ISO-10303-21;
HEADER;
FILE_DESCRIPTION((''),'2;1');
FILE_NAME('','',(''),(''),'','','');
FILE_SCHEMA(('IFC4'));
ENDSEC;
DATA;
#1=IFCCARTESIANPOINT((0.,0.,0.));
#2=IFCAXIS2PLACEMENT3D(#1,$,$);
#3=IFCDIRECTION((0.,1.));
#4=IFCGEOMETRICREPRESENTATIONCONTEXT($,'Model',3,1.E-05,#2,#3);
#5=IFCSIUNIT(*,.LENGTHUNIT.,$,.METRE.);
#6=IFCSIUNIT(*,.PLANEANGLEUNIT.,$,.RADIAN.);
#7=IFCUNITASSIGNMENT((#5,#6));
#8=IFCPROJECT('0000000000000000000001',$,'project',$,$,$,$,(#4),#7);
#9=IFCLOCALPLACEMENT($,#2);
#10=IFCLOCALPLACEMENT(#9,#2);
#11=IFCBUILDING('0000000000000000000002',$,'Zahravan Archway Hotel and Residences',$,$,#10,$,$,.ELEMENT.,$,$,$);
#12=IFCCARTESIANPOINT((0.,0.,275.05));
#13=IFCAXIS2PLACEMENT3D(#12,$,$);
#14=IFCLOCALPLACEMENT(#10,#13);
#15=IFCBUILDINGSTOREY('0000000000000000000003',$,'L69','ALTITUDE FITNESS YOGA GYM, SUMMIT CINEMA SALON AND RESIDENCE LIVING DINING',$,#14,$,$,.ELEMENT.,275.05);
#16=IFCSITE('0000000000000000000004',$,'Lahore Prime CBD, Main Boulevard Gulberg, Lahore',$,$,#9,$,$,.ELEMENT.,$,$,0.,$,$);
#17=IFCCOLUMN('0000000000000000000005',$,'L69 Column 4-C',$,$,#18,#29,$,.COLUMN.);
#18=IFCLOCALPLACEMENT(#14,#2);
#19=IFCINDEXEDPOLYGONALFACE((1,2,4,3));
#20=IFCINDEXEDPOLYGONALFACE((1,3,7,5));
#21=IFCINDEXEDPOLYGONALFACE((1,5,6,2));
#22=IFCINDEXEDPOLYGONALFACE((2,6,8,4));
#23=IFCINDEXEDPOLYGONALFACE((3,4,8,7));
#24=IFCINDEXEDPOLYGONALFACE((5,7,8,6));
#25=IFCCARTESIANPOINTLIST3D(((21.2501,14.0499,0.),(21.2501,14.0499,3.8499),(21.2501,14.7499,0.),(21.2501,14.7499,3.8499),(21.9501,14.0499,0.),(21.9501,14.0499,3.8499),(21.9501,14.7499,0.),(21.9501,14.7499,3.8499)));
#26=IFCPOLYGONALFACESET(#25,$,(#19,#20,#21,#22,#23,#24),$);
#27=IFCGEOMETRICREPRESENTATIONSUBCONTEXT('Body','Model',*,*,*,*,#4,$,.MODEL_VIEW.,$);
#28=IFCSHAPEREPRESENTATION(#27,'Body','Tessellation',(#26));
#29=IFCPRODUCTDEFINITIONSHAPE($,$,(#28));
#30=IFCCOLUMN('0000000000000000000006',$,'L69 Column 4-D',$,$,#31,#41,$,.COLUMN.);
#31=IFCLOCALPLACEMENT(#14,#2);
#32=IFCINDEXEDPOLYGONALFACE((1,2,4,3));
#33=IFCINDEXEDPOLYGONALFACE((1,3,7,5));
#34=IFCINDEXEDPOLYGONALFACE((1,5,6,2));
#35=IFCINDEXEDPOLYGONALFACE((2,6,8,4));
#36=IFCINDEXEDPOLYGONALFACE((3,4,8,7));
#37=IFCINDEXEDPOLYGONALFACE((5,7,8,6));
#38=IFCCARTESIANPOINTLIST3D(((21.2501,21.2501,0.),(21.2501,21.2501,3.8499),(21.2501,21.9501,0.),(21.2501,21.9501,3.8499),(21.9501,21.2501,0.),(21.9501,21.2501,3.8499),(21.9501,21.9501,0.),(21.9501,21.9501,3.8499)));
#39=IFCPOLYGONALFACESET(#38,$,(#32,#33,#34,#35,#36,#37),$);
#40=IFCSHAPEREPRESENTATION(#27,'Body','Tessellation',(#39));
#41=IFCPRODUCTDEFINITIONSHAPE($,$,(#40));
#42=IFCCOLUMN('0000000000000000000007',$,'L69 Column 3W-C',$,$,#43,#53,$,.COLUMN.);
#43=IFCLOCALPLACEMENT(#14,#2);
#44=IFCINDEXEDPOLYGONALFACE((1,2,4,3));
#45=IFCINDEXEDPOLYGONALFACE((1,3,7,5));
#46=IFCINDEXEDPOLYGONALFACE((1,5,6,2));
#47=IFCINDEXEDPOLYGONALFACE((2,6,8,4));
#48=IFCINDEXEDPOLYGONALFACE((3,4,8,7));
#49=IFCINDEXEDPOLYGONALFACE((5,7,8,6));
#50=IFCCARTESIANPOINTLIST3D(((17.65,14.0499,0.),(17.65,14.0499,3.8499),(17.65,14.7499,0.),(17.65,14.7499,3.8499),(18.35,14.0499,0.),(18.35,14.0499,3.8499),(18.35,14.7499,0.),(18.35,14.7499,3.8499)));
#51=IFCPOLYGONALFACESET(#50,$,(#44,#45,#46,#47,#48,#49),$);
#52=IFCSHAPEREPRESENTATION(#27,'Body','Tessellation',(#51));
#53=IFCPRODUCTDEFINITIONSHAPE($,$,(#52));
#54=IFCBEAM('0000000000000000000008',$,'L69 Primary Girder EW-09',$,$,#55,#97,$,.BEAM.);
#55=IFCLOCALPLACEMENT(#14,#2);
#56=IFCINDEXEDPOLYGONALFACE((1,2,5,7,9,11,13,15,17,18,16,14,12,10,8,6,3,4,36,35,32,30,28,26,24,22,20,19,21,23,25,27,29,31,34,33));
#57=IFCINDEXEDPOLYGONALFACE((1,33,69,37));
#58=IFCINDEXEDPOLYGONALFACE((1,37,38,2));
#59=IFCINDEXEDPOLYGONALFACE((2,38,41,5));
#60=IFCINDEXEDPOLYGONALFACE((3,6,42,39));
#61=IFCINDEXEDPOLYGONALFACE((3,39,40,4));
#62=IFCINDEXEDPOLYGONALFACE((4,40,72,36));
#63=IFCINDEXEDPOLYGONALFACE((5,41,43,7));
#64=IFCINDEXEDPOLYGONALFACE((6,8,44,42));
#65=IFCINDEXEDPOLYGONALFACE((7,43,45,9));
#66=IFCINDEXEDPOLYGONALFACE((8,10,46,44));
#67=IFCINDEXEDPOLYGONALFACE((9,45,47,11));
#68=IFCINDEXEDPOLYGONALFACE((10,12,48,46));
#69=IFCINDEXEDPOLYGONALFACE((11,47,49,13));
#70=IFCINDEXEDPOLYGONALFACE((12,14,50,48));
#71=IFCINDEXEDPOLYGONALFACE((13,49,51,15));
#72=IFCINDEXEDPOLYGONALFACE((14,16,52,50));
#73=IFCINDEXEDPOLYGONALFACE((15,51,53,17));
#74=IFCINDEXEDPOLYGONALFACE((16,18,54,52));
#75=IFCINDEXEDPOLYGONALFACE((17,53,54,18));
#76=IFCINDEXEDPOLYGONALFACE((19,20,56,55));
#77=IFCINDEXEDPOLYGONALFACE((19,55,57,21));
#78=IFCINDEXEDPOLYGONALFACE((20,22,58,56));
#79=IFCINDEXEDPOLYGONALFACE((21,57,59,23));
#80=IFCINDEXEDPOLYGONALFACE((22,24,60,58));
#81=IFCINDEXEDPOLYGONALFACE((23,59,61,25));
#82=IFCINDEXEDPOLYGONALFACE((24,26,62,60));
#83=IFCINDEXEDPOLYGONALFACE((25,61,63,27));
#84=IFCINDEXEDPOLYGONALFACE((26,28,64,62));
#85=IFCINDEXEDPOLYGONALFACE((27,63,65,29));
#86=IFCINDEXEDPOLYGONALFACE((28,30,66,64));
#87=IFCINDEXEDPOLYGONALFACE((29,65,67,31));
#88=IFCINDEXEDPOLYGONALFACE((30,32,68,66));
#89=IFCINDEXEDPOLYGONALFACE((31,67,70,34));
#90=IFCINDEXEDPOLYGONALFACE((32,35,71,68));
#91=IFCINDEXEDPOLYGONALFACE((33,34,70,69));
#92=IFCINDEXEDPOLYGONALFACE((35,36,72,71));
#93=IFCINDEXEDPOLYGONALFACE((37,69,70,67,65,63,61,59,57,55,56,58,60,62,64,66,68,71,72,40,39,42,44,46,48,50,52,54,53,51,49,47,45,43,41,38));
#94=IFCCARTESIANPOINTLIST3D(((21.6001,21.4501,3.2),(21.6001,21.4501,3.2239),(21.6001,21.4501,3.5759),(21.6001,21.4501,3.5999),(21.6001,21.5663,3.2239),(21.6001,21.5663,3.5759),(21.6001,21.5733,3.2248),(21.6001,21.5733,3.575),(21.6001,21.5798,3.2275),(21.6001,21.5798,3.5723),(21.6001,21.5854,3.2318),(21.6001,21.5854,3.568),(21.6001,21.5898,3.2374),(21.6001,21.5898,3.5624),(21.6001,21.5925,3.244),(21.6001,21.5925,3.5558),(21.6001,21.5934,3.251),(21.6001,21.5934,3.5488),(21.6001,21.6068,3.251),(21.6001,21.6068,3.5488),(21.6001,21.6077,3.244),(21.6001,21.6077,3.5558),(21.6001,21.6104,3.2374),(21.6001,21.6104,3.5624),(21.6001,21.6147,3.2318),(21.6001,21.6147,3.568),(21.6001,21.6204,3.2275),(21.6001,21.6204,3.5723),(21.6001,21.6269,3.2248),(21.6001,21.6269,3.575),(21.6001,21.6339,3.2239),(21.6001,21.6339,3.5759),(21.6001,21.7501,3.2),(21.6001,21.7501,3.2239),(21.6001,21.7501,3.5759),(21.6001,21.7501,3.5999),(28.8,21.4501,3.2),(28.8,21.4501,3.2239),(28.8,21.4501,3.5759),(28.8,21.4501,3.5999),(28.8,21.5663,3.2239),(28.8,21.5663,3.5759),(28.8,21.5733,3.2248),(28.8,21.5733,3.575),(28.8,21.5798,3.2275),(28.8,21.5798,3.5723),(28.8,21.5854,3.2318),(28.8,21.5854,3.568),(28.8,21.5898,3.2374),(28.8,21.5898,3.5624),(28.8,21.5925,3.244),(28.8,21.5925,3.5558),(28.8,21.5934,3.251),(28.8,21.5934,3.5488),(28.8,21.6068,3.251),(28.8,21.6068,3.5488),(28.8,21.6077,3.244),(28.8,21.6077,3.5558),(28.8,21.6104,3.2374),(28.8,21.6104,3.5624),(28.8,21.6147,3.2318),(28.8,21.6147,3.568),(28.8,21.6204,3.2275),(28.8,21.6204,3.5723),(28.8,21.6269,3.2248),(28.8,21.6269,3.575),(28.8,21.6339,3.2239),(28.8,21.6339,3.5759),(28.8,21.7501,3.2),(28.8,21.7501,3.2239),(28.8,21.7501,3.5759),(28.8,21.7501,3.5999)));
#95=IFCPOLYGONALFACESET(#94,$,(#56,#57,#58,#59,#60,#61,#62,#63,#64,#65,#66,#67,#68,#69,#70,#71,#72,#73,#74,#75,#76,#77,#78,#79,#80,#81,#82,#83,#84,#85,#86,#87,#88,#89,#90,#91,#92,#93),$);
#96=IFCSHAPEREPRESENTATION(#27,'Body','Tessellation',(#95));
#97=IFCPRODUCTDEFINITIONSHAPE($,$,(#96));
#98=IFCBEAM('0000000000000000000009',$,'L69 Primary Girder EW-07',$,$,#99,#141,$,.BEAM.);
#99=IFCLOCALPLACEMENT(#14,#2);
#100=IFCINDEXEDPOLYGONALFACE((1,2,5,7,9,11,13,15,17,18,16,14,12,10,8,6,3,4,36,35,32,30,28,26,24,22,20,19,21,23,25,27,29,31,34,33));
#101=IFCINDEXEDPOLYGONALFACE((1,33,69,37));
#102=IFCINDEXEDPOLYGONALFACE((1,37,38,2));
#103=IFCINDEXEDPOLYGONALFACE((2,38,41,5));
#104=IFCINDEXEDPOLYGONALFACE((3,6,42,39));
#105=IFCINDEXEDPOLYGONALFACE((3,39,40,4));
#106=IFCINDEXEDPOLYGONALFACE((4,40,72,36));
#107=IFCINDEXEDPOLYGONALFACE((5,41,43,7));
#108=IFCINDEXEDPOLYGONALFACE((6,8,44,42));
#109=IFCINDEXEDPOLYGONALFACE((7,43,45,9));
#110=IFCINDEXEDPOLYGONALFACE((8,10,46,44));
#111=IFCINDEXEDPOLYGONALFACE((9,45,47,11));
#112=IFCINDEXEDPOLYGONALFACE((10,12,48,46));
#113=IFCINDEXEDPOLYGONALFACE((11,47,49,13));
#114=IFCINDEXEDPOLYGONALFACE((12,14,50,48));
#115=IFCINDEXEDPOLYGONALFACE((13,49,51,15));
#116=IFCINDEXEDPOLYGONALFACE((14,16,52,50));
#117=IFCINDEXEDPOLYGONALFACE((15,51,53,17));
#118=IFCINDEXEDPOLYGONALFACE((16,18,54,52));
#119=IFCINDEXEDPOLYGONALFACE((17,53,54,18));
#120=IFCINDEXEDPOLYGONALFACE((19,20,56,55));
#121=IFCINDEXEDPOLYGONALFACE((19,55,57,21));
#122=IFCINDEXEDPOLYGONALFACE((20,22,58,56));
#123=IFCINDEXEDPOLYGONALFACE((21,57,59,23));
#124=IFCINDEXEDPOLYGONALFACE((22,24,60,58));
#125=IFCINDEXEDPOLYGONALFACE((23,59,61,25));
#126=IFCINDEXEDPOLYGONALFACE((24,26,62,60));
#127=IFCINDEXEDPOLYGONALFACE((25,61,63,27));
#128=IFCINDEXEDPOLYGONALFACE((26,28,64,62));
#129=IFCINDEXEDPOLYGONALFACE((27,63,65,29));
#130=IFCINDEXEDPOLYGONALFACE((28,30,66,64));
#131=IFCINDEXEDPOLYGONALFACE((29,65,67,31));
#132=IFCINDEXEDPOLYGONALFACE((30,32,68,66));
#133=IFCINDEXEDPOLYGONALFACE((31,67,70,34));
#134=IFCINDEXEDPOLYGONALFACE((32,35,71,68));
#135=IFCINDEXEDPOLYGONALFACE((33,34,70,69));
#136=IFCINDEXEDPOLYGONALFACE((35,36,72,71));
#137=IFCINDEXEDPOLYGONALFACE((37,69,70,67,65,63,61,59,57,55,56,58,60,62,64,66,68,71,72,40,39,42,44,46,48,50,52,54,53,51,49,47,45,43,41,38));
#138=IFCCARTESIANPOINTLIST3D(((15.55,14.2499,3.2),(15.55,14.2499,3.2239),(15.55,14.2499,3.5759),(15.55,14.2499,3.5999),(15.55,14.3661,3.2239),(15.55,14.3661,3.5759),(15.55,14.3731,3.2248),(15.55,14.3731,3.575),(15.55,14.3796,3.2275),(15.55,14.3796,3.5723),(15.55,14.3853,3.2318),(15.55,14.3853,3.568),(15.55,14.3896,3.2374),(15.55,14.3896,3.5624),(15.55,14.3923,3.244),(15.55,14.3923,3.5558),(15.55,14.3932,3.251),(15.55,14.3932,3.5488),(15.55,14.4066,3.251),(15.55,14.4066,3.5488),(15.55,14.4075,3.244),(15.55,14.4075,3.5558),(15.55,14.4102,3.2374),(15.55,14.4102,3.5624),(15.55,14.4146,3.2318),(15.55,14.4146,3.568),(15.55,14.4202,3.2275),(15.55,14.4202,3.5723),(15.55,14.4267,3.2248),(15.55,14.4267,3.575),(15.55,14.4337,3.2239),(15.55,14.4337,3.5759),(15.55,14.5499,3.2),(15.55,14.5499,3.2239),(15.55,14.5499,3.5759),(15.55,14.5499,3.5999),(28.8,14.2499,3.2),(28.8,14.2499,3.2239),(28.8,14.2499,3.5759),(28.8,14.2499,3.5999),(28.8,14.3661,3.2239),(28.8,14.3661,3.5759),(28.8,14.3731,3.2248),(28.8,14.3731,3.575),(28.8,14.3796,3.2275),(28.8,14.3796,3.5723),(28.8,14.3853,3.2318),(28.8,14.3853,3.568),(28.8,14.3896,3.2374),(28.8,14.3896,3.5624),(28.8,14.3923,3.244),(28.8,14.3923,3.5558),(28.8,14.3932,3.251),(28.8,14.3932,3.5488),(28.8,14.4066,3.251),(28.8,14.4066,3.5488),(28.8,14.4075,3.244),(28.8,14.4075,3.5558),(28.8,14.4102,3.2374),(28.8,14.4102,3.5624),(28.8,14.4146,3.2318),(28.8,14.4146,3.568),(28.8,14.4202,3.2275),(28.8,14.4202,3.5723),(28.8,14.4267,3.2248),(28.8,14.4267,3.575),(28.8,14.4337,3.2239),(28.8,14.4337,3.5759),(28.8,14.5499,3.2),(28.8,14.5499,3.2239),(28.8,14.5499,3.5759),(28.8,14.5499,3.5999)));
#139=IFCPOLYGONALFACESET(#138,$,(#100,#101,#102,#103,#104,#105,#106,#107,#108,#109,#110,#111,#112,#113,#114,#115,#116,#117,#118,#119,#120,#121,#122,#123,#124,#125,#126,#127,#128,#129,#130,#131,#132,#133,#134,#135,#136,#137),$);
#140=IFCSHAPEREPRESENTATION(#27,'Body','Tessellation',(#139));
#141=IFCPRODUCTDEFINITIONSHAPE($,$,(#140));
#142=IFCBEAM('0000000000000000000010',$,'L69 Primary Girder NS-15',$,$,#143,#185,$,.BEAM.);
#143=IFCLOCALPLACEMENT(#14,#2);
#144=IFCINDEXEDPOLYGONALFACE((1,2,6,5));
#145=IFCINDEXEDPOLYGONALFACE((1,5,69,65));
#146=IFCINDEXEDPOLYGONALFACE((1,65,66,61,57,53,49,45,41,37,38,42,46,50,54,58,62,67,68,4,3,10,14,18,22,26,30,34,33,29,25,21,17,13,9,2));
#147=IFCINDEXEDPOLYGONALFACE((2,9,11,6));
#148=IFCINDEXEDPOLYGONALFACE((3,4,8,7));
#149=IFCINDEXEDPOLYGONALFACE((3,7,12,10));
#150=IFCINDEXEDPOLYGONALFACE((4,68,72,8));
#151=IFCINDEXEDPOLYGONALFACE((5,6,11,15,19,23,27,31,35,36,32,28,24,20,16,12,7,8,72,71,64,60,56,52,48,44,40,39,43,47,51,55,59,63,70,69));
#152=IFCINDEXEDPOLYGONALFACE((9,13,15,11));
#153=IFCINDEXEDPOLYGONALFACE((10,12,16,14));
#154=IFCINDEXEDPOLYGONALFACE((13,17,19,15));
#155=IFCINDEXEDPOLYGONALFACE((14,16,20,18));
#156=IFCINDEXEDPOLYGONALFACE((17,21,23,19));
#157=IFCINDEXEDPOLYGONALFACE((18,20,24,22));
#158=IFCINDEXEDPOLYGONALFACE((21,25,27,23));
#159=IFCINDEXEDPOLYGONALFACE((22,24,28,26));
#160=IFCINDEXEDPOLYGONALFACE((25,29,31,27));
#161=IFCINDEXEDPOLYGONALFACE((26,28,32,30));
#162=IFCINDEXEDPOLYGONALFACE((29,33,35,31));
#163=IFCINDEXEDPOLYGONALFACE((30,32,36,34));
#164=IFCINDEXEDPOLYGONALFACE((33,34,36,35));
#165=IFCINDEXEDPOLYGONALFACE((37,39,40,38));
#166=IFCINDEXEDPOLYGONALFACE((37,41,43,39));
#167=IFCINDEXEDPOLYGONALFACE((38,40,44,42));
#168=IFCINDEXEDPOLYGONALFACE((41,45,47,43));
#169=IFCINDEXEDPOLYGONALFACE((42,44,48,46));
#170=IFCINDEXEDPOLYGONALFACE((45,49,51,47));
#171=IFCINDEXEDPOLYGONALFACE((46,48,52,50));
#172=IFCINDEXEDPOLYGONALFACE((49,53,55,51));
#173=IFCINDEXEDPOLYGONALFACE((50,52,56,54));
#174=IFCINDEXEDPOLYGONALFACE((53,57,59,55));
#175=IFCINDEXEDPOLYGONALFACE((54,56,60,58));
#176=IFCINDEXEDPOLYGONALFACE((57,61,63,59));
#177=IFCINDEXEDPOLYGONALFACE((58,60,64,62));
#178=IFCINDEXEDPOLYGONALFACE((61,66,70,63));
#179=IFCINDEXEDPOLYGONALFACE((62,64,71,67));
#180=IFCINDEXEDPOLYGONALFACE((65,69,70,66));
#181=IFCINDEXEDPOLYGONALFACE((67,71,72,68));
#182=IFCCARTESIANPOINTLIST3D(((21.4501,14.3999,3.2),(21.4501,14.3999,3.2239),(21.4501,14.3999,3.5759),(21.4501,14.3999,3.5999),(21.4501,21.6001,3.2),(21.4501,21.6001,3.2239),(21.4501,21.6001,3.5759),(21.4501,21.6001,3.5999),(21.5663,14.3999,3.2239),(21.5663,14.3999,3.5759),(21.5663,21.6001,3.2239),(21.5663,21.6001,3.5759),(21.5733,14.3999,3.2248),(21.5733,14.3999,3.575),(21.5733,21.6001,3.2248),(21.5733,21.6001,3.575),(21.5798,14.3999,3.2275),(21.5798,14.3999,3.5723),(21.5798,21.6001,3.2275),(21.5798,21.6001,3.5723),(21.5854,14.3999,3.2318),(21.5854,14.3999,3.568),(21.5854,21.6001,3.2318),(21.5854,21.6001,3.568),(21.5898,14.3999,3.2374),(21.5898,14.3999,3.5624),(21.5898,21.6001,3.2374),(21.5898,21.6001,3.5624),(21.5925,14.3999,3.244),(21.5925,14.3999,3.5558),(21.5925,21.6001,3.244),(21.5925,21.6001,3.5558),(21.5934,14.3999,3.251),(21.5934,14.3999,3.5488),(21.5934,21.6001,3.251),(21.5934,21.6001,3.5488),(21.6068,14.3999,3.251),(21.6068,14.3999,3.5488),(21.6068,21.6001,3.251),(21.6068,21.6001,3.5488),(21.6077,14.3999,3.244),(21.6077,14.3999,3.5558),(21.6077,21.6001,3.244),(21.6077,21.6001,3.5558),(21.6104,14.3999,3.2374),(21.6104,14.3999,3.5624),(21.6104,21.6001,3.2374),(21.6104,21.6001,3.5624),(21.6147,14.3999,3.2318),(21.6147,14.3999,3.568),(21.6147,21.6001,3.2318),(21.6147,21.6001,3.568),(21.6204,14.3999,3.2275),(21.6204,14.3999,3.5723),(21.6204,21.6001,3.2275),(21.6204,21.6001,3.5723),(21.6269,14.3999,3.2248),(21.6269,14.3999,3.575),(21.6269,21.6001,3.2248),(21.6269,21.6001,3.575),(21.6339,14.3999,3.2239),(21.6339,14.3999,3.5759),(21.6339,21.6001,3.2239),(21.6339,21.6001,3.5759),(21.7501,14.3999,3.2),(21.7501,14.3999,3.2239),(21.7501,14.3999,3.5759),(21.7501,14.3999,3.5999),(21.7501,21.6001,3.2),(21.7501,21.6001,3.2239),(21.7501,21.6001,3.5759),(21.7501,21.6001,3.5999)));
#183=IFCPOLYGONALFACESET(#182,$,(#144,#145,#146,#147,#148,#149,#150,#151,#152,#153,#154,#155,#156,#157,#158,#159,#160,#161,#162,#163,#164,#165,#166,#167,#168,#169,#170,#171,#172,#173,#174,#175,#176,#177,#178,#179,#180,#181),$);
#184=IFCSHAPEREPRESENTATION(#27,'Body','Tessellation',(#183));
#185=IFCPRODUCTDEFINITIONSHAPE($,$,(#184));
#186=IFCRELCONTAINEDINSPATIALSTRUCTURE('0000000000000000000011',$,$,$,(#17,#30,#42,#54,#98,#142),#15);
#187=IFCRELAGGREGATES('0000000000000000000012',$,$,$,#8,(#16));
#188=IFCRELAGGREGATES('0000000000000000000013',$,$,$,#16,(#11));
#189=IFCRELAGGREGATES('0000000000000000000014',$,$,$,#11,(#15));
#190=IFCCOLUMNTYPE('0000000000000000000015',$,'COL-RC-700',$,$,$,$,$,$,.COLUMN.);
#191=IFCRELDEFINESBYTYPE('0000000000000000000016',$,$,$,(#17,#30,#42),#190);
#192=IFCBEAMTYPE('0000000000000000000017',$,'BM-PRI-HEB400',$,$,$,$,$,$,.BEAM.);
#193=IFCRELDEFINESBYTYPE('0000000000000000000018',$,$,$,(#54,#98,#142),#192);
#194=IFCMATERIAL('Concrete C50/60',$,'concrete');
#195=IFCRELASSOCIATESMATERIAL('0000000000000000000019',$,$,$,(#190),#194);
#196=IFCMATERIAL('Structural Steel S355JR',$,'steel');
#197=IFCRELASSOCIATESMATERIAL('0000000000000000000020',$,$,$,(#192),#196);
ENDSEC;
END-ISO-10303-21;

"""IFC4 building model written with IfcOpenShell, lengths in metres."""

from ifc_helpers import new_model, si_unit, direction, frame, origin, origin_2d, place, context, subcontext, project, spatial, rectangle, i_section, extrude, source, transform, mapped, material, material_profile, profile_set, type_object, type_shapes, element, save


model = new_model("IFC4")

# Units and contexts
model_context = context("Model", 3, precision=1e-05, world=origin(), true_north=direction((0.0, 1.0)))
body_context = subcontext(model_context, "Body", "Model", "MODEL_VIEW")
ifc_project = project(units=[si_unit("LENGTHUNIT", "METRE"), si_unit("PLANEANGLEUNIT", "RADIAN")], contexts=[model_context])

# Site, building, storey
site_placement = place(None, origin())
site = spatial("IfcSite", under=ifc_project, at=site_placement, Name="Lahore Prime CBD, Main Boulevard Gulberg, Lahore", CompositionType="ELEMENT", RefElevation=0.0)
building_placement = place(site_placement, origin())
building = spatial("IfcBuilding", under=site, at=building_placement, Name="Zahravan Archway Hotel and Residences", CompositionType="ELEMENT")
storey_placement = place(building_placement, frame((0.0, 0.0, 275.05)))
storey = spatial("IfcBuildingStorey", under=building, at=storey_placement, Name="L69", Description="ALTITUDE FITNESS YOGA GYM, SUMMIT CINEMA SALON AND RESIDENCE LIVING DINING", CompositionType="ELEMENT", Elevation=275.05)

# Columns
ifc_material_1 = material(Name="Concrete C50/60", Category="concrete")
ifc_material_profile_1 = material_profile(ifc_material_1, rectangle(XDim=0.7, YDim=0.7, at=origin_2d()), Name="RC-COL-700x700", Category="concrete")
ifc_profile_set_1 = profile_set([ifc_material_profile_1], Name="Concrete C50/60")
column_type = type_object("IfcColumnType", Name="COL-RC-700", PredefinedType="COLUMN", material=ifc_profile_set_1)
shared_shape_1 = source(origin(), body_context, "Body", "SweptSolid", [
    extrude(rectangle(XDim=0.7, YDim=0.7, at=origin_2d()), origin(), (0.0, 0.0, 1.0), 3.8499),
])
type_shapes(column_type, [shared_shape_1])
for number, where, z_axis, x_axis, name in (
    (1, (21.6001, 14.3999, 0.0), (0.0, 0.0, 1.0), (1.0, 0.0, 0.0), "L69 Column 4-C"),
    (2, (21.6001, 21.6001, 0.0), (0.0, 0.0, 1.0), (1.0, 0.0, 0.0), "L69 Column 4-D"),
    (3, (18.0, 14.3999, 0.0), (0.0, 0.0, 1.0), (1.0, 0.0, 0.0), "L69 Column 3W-C"),
):
    element("IfcColumn", number, at=place(storey_placement, frame(where, z_axis=z_axis, x_axis=x_axis)), inside=storey, type_object=column_type, Name=name, PredefinedType="COLUMN", context=body_context, shape_type="MappedRepresentation", body=[
        mapped(shared_shape_1, transform((0.0, 0.0, 0.0), scale=1.0)),
    ])

# Beams
ifc_material_2 = material(Name="Structural Steel S355JR", Category="steel")
ifc_material_profile_2 = material_profile(ifc_material_2, i_section(OverallWidth=0.3, OverallDepth=0.3999, WebThickness=0.0134, FlangeThickness=0.0239, FilletRadius=0.0271, at=origin_2d()), Name="HEB 400", Category="steel")
ifc_profile_set_2 = profile_set([ifc_material_profile_2], Name="Structural Steel S355JR")
beam_type = type_object("IfcBeamType", Name="BM-PRI-HEB400", PredefinedType="BEAM", material=ifc_profile_set_2)
shared_shape_2 = source(origin(), body_context, "Body", "SweptSolid", [
    extrude(i_section(OverallWidth=0.3, OverallDepth=0.3999, WebThickness=0.0134, FlangeThickness=0.0239, FilletRadius=0.0271, at=origin_2d()), origin(), (0.0, 0.0, 1.0), 7.2),
])
type_shapes(beam_type, [shared_shape_2])
beam_1_placement = place(storey_placement, frame((21.6001, 21.6001, 3.3999), z_axis=(1.0, 0.0, 0.0), x_axis=(0.0, 1.0, 0.0)))
element("IfcBeam", 4, at=beam_1_placement, inside=storey, type_object=beam_type, Name="L69 Primary Girder EW-09", PredefinedType="BEAM", context=body_context, shape_type="MappedRepresentation", body=[
    mapped(shared_shape_2, transform((0.0, 0.0, 0.0), scale=1.0)),
])
shared_shape_3 = source(origin(), body_context, "Body", "SweptSolid", [
    extrude(i_section(OverallWidth=0.3, OverallDepth=0.3999, WebThickness=0.0134, FlangeThickness=0.0239, FilletRadius=0.0271, at=origin_2d()), origin(), (0.0, 0.0, 1.0), 13.25),
])
beam_2_placement = place(storey_placement, frame((15.55, 14.3999, 3.3999), z_axis=(1.0, 0.0, 0.0), x_axis=(0.0, 1.0, 0.0)))
element("IfcBeam", 5, at=beam_2_placement, inside=storey, type_object=beam_type, Name="L69 Primary Girder EW-07", PredefinedType="BEAM", context=body_context, shape_type="MappedRepresentation", body=[
    mapped(shared_shape_3, transform((0.0, 0.0, 0.0), scale=1.0)),
])
shared_shape_4 = source(origin(), body_context, "Body", "SweptSolid", [
    extrude(i_section(OverallWidth=0.3, OverallDepth=0.3999, WebThickness=0.0134, FlangeThickness=0.0239, FilletRadius=0.0271, at=origin_2d()), origin(), (0.0, 0.0, 1.0), 7.2002),
])
beam_3_placement = place(storey_placement, frame((21.6001, 14.3999, 3.3999), z_axis=(0.0, 1.0, 0.0), x_axis=(-1.0, 0.0, 0.0)))
element("IfcBeam", 6, at=beam_3_placement, inside=storey, type_object=beam_type, Name="L69 Primary Girder NS-15", PredefinedType="BEAM", context=body_context, shape_type="MappedRepresentation", body=[
    mapped(shared_shape_4, transform((0.0, 0.0, 0.0), scale=1.0)),
])

save(model, "model.ifc")
